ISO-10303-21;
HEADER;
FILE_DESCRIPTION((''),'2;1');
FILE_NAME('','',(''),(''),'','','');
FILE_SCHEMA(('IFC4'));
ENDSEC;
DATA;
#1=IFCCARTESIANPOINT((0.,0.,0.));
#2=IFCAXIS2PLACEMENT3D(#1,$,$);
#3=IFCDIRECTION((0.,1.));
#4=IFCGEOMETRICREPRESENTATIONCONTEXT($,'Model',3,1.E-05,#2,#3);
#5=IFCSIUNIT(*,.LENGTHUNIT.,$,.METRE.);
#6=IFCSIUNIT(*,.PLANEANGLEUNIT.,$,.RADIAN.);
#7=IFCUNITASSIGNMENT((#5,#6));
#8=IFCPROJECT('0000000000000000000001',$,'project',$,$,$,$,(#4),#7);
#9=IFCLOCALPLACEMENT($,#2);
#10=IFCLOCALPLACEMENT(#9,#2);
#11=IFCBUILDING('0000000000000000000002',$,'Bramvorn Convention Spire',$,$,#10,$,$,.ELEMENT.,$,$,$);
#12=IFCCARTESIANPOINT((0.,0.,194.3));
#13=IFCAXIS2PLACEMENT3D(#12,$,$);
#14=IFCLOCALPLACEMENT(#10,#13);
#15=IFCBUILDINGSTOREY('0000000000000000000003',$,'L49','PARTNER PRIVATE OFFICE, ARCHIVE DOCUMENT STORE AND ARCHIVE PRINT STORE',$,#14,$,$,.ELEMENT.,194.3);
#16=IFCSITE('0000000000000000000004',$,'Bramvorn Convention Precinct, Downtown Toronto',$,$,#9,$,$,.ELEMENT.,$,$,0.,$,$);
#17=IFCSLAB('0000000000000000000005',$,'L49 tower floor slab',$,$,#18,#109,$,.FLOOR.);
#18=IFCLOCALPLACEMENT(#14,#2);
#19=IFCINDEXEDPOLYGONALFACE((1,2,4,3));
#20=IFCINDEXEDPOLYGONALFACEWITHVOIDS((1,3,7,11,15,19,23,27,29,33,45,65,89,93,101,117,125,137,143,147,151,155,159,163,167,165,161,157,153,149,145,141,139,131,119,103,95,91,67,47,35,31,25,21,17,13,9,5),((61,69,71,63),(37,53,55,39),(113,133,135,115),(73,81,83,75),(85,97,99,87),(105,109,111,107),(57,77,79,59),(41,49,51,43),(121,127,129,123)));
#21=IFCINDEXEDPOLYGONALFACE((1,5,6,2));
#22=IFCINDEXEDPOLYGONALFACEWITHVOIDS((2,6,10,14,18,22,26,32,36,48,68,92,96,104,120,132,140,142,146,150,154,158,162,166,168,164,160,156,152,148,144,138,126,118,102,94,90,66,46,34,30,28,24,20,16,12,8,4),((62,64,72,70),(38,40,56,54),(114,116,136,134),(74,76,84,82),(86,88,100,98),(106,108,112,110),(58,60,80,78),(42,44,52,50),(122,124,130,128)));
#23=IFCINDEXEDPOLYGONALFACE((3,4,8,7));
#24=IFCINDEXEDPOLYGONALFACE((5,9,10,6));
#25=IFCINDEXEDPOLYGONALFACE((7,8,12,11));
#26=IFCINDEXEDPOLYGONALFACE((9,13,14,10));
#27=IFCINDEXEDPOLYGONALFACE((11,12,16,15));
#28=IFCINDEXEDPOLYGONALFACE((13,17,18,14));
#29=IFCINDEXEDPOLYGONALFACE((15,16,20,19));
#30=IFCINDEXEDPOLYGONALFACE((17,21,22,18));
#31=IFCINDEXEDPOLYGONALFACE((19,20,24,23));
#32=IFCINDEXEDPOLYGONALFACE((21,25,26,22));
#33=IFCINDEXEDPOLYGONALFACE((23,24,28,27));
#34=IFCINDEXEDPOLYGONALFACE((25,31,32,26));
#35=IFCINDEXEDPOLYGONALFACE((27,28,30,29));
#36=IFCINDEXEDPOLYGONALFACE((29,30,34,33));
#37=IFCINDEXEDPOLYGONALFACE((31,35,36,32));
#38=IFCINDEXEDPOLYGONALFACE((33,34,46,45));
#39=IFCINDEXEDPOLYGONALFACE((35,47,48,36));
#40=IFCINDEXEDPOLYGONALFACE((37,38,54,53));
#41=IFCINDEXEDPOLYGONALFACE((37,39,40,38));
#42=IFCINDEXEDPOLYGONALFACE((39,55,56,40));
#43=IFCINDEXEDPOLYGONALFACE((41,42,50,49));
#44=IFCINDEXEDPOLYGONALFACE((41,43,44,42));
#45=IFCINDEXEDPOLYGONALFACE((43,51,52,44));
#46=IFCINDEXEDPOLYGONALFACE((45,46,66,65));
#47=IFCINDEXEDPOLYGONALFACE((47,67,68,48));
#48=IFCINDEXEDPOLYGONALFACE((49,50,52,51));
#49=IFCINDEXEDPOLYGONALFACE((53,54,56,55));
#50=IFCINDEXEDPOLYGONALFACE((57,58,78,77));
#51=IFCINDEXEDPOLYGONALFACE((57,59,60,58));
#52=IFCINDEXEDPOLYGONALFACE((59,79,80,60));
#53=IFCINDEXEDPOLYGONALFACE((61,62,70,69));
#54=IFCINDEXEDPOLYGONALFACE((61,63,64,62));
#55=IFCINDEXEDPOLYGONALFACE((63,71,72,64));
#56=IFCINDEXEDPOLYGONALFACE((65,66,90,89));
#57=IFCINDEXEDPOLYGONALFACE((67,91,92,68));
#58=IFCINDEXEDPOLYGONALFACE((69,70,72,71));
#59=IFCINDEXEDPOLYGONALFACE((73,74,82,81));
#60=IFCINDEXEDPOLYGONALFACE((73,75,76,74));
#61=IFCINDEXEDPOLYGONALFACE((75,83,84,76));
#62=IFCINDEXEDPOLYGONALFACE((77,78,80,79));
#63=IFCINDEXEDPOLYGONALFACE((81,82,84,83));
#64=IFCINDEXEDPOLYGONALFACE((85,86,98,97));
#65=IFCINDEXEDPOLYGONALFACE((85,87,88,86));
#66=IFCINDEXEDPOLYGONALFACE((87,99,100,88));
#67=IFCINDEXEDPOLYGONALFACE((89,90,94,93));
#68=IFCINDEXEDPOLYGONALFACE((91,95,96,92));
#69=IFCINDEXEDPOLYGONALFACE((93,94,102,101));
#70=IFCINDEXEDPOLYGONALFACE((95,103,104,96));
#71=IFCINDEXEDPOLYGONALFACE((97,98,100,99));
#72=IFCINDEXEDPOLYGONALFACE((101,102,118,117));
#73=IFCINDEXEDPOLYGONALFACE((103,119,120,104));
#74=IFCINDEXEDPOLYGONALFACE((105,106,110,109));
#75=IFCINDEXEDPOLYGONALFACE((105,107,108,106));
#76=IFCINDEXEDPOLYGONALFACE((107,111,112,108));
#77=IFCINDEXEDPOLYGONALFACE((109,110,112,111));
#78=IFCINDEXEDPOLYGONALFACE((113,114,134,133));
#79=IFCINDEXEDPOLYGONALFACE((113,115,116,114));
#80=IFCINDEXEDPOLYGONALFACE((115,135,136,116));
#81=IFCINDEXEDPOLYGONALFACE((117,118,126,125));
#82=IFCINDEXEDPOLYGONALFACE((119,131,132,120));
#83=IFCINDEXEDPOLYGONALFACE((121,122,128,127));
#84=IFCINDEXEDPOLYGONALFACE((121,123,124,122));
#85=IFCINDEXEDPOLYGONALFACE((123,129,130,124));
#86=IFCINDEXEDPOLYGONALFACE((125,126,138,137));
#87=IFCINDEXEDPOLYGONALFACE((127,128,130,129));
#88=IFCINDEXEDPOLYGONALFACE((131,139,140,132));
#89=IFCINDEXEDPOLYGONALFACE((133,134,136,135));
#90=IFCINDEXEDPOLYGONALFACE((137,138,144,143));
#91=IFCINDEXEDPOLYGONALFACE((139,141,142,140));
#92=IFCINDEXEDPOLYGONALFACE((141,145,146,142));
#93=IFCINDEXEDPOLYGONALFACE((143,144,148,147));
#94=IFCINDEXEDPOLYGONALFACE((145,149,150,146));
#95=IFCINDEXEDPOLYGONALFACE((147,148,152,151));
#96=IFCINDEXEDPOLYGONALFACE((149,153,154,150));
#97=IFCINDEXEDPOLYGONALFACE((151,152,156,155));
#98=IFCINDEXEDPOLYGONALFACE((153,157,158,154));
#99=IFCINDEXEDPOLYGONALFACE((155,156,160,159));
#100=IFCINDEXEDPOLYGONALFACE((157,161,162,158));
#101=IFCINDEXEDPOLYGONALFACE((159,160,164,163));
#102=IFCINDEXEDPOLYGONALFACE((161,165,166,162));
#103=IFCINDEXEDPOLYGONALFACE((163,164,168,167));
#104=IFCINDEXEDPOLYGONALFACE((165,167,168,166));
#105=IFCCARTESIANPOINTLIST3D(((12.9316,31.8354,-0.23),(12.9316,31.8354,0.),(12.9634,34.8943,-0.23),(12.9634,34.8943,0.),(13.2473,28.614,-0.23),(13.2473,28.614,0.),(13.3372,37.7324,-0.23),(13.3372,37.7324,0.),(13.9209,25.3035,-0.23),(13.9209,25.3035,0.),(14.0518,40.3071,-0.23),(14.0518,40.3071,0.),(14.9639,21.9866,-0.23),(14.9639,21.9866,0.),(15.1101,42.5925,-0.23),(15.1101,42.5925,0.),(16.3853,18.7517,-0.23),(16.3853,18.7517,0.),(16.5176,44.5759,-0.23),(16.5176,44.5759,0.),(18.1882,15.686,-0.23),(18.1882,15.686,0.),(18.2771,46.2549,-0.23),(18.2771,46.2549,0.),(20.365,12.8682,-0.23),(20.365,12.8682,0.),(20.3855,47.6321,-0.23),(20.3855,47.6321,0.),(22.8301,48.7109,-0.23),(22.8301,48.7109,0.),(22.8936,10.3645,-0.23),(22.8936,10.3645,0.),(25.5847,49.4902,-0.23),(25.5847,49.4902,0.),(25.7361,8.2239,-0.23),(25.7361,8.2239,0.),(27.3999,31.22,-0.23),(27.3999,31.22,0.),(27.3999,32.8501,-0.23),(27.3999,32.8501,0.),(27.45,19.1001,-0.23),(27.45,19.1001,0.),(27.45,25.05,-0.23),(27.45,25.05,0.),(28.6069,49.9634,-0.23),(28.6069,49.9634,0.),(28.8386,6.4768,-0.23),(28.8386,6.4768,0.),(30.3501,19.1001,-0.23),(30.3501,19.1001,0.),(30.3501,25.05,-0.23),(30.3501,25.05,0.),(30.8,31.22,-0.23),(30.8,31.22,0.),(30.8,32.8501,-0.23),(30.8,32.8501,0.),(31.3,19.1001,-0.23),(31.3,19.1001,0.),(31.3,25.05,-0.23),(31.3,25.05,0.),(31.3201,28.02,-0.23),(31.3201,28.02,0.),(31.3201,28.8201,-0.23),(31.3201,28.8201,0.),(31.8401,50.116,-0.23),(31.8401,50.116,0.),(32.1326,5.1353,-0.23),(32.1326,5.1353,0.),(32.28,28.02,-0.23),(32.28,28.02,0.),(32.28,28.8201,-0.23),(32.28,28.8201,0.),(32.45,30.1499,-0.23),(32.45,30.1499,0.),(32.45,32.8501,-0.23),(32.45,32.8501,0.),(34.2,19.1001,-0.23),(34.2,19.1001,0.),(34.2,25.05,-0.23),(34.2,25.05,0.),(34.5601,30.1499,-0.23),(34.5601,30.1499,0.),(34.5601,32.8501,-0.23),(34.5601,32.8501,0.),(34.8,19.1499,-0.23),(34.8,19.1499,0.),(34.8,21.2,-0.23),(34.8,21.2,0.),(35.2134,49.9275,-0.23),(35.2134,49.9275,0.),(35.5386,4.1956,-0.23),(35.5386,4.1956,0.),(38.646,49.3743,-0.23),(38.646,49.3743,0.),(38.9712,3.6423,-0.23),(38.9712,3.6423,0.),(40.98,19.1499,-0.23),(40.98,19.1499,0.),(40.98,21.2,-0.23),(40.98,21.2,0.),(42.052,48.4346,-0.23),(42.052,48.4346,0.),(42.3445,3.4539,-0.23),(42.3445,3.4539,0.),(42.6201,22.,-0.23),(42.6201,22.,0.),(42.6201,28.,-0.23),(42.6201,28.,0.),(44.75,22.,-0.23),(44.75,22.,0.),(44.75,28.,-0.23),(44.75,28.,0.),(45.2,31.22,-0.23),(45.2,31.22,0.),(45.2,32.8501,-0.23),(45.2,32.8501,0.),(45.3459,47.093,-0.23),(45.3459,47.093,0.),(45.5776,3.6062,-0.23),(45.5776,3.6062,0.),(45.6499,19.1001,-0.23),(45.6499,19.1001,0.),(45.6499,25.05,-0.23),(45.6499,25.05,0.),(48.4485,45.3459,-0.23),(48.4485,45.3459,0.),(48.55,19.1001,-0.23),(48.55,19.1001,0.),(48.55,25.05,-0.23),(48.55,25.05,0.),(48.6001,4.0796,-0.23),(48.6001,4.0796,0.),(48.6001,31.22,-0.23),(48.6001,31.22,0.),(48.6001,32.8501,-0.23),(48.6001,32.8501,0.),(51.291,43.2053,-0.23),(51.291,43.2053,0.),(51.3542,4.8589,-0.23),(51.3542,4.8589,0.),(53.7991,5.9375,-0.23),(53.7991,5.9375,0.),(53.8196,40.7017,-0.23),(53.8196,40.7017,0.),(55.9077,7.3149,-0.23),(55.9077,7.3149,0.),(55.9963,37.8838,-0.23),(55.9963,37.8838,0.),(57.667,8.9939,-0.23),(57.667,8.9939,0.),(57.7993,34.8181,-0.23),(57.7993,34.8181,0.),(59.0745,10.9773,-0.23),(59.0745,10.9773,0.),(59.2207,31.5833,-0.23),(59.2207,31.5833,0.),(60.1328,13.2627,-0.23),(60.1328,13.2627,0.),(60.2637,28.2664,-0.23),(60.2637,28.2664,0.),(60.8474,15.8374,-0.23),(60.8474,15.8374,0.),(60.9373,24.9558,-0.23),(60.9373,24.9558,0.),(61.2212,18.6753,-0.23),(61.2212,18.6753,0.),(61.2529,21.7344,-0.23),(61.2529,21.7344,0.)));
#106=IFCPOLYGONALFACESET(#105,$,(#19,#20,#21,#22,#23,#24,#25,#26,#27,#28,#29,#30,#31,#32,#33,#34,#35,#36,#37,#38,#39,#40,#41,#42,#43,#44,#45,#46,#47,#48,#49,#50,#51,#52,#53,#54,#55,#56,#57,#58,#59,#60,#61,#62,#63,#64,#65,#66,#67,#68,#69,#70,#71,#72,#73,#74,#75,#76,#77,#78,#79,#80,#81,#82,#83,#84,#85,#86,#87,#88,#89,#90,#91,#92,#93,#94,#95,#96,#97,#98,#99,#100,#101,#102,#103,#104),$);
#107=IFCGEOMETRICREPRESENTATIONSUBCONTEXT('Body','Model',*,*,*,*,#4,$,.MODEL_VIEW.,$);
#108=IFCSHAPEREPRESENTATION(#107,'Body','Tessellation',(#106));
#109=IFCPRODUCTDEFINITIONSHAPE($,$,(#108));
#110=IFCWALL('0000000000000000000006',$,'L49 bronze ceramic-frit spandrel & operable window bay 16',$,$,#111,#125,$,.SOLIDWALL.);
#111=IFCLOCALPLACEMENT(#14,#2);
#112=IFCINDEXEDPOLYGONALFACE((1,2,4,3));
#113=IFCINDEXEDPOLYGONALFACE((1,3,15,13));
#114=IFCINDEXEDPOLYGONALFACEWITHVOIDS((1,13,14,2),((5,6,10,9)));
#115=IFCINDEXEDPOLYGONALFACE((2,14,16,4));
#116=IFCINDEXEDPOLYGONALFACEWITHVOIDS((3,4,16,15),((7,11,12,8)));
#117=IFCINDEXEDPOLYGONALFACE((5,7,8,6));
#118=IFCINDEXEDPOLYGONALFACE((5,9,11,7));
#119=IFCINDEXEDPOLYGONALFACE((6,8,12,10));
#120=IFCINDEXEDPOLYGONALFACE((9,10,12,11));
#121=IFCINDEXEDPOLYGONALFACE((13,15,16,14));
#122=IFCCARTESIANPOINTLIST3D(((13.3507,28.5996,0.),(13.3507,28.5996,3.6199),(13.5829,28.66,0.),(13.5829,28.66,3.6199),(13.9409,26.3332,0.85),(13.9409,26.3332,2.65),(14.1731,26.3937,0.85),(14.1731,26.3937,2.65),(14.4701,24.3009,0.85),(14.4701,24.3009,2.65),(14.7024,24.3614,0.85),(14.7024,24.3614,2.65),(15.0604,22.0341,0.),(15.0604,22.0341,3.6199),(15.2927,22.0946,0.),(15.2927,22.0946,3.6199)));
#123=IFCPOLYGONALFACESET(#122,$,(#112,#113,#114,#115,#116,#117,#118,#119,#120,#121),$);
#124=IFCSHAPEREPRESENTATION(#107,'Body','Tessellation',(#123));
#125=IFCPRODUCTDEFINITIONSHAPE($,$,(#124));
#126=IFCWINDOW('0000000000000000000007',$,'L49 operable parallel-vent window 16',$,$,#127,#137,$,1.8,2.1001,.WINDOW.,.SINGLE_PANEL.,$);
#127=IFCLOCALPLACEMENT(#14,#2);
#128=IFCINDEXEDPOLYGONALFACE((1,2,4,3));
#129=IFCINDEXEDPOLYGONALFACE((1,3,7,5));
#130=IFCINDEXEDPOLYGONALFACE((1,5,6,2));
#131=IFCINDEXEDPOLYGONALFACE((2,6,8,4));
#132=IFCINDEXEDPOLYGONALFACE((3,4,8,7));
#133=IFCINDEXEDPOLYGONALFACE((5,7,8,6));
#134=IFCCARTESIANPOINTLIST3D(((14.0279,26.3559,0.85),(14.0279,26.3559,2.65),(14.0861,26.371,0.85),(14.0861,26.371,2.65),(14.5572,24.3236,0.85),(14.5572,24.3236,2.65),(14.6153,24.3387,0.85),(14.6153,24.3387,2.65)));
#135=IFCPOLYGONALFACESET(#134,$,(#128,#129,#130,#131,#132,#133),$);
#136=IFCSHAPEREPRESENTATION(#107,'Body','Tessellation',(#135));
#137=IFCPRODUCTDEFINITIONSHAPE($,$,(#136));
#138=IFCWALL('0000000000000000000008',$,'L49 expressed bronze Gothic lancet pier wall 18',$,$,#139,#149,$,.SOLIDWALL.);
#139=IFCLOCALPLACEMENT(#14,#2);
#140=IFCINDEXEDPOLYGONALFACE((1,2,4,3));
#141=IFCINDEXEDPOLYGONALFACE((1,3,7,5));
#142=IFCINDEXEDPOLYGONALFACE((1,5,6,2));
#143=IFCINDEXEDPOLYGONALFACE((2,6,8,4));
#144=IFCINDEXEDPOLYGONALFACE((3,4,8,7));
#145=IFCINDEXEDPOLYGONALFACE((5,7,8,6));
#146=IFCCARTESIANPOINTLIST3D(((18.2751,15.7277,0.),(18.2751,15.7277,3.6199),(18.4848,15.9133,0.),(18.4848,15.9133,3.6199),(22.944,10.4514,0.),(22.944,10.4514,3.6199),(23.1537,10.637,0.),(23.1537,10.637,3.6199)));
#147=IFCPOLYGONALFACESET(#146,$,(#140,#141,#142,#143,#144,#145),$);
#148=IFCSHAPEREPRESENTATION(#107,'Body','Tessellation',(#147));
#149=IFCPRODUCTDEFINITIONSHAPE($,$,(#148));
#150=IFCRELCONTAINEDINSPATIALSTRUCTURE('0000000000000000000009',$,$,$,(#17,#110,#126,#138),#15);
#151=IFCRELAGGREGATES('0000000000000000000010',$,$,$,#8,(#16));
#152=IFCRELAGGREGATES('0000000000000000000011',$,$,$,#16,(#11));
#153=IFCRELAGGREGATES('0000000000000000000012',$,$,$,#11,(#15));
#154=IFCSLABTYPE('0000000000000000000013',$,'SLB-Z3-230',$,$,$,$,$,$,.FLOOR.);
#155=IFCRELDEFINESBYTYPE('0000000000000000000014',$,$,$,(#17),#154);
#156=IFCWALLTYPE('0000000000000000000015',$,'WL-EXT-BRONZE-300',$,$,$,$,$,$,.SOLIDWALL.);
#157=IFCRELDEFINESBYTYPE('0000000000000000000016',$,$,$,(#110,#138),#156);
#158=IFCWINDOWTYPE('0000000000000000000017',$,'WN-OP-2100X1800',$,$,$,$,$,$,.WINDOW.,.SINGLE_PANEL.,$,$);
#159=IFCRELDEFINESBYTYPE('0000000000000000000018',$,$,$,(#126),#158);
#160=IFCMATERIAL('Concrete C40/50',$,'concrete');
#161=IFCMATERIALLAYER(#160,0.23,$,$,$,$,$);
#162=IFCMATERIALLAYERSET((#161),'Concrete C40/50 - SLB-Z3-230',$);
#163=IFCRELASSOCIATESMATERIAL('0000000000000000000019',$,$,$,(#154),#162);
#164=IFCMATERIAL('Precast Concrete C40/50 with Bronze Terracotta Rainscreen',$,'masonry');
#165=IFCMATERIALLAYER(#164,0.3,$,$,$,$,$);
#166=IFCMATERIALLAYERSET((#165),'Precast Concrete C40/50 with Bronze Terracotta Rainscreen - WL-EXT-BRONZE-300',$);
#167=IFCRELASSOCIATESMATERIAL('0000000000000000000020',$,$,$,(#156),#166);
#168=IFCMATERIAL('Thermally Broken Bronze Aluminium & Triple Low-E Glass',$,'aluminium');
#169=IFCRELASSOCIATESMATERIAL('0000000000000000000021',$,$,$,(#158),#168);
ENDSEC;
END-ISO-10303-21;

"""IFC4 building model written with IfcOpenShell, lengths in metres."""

from ifc_helpers import new_model, si_unit, direction, frame, frame_2d, origin, place, context, subcontext, project, spatial, polyline, rectangle, outline, extrude, material, layer, layer_set, type_object, element, fill, save


model = new_model("IFC4")

# Units and contexts
model_context = context("Model", 3, precision=1e-05, world=origin(), true_north=direction((0.0, 1.0)))
body_context = subcontext(model_context, "Body", "Model", "MODEL_VIEW")
ifc_project = project(units=[si_unit("LENGTHUNIT", "METRE"), si_unit("PLANEANGLEUNIT", "RADIAN")], contexts=[model_context])

# Site, building, storey
site_placement = place(None, origin())
site = spatial("IfcSite", under=ifc_project, at=site_placement, Name="Bramvorn Convention Precinct, Downtown Toronto", CompositionType="ELEMENT", RefElevation=0.0)
building_placement = place(site_placement, origin())
building = spatial("IfcBuilding", under=site, at=building_placement, Name="Bramvorn Convention Spire", CompositionType="ELEMENT")
storey_placement = place(building_placement, frame((0.0, 0.0, 194.3)))
storey = spatial("IfcBuildingStorey", under=building, at=storey_placement, Name="L49", Description="PARTNER PRIVATE OFFICE, ARCHIVE DOCUMENT STORE AND ARCHIVE PRINT STORE", CompositionType="ELEMENT", Elevation=194.3)

# Slab
ifc_material_1 = material(Name="Concrete C40/50", Category="concrete")
ifc_layer_1 = layer(ifc_material_1, 0.23)
ifc_layer_set_1 = layer_set([ifc_layer_1], Name="Concrete C40/50 - SLB-Z3-230")
slab_type_1 = type_object("IfcSlabType", Name="SLB-Z3-230", PredefinedType="FLOOR", material=ifc_layer_set_1)
slab_1_placement = place(storey_placement, frame((0.0, 0.0, -0.23)))
element("IfcSlab", 1, at=slab_1_placement, inside=storey, type_object=slab_type_1, Name="L49 tower floor slab", PredefinedType="FLOOR", context=body_context, shape_type="SweptSolid", body=[
    extrude(outline(polyline([(57.667, 8.9939), (59.0745, 10.9773), (60.1328, 13.2627), (60.8474, 15.8374), (61.2212, 18.6753), (61.2529, 21.7344), (60.9373, 24.9558), (60.2637, 28.2664), (59.2207, 31.5833), (57.7993, 34.8181), (55.9963, 37.8838), (53.8196, 40.7017), (51.291, 43.2053), (48.4485, 45.3459), (45.3459, 47.093), (42.052, 48.4346), (38.646, 49.3743), (35.2134, 49.9275), (31.8401, 50.116), (28.6069, 49.9634), (25.5847, 49.4902), (22.8301, 48.7109), (20.3855, 47.6321), (18.2771, 46.2549), (16.5176, 44.5759), (15.1101, 42.5925), (14.0518, 40.3071), (13.3372, 37.7324), (12.9634, 34.8943), (12.9316, 31.8354), (13.2473, 28.614), (13.9209, 25.3035), (14.9639, 21.9866), (16.3853, 18.7517), (18.1882, 15.686), (20.365, 12.8682), (22.8936, 10.3645), (25.7361, 8.2239), (28.8386, 6.4768), (32.1326, 5.1353), (35.5386, 4.1956), (38.9712, 3.6423), (42.3445, 3.4539), (45.5776, 3.6062), (48.6001, 4.0796), (51.3542, 4.8589), (53.7991, 5.9375), (55.9077, 7.3149), (57.667, 8.9939)]), holes=[polyline([(27.45, 25.05), (27.45, 19.1001), (30.3501, 19.1001), (30.3501, 25.05), (27.45, 25.05)]), polyline([(45.6499, 25.05), (45.6499, 19.1001), (48.55, 19.1001), (48.55, 25.05), (45.6499, 25.05)]), polyline([(31.3, 25.05), (31.3, 19.1001), (34.2, 19.1001), (34.2, 25.05), (31.3, 25.05)]), polyline([(27.3999, 31.22), (30.8, 31.22), (30.8, 32.8501), (27.3999, 32.8501), (27.3999, 31.22)]), polyline([(45.2, 31.22), (48.6001, 31.22), (48.6001, 32.8501), (45.2, 32.8501), (45.2, 31.22)]), polyline([(32.45, 30.1499), (34.5601, 30.1499), (34.5601, 32.8501), (32.45, 32.8501), (32.45, 30.1499)]), polyline([(34.8, 19.1499), (40.98, 19.1499), (40.98, 21.2), (34.8, 21.2), (34.8, 19.1499)]), polyline([(42.6201, 22.0), (44.75, 22.0), (44.75, 28.0), (42.6201, 28.0), (42.6201, 22.0)]), polyline([(31.3201, 28.02), (32.28, 28.02), (32.28, 28.8201), (31.3201, 28.8201), (31.3201, 28.02)])]), origin(), (0.0, 0.0, 1.0), 0.23),
])

# Wall, opening, window
ifc_material_2 = material(Name="Precast Concrete C40/50 with Bronze Terracotta Rainscreen", Category="masonry")
ifc_layer_2 = layer(ifc_material_2, 0.3)
ifc_layer_set_2 = layer_set([ifc_layer_2], Name="Precast Concrete C40/50 with Bronze Terracotta Rainscreen - WL-EXT-BRONZE-300")
wall_type_1 = type_object("IfcWallType", Name="WL-EXT-BRONZE-300", PredefinedType="SOLIDWALL", material=ifc_layer_set_2)
wall_1_placement = place(storey_placement, frame((15.1765, 22.0645, 0.0), z_axis=(0.0, 0.0, 1.0), x_axis=(-0.252007, 0.967725, 0.0)))
wall_1 = element("IfcWall", 2, at=wall_1_placement, inside=storey, type_object=wall_type_1, Name="L49 bronze ceramic-frit spandrel & operable window bay 16", PredefinedType="SOLIDWALL", context=body_context, shape_type="SweptSolid", body=[
    extrude(rectangle(XDim=6.7844, YDim=0.24, at=frame_2d((3.3921, 0.0))), origin(), (0.0, 0.0, 1.0), 3.6199),
])
opening_1_placement = place(wall_1_placement, frame((2.3423, 0.0, 0.8501)))
opening_1 = element("IfcOpeningElement", 3, at=opening_1_placement, cuts=wall_1, PredefinedType="OPENING", context=body_context, shape_type="SweptSolid", body=[
    extrude(rectangle(XDim=2.1001, YDim=1.8, at=frame_2d((1.05, 0.8999))), frame((0.0, 0.1299, 0.0), z_axis=(0.0, -1.0, 0.0), x_axis=(1.0, 0.0, 0.0)), (0.0, 0.0, 1.0), 0.26),
])
ifc_material_3 = material(Name="Thermally Broken Bronze Aluminium & Triple Low-E Glass", Category="aluminium")
window_type = type_object("IfcWindowType", Name="WN-OP-2100X1800", PartitioningType="SINGLE_PANEL", PredefinedType="WINDOW", material=ifc_material_3)
window_placement = place(opening_1_placement, origin())
window = element("IfcWindow", 4, at=window_placement, inside=storey, type_object=window_type, Name="L49 operable parallel-vent window 16", OverallHeight=1.8, OverallWidth=2.1001, PartitioningType="SINGLE_PANEL", PredefinedType="WINDOW", context=body_context, shape_type="SweptSolid", body=[
    extrude(rectangle(XDim=2.1001, YDim=1.8, at=frame_2d((1.05, 0.8999))), frame((0.0, 0.03, 0.0), z_axis=(0.0, -1.0, 0.0), x_axis=(1.0, 0.0, 0.0)), (0.0, 0.0, 1.0), 0.0601),
])
fill(opening_1, window)

# Wall
wall_2_placement = place(storey_placement, frame((23.0488, 10.5442, 0.0), z_axis=(0.0, 0.0, 1.0), x_axis=(-0.662685, 0.748899, 0.0)))
element("IfcWall", 5, at=wall_2_placement, inside=storey, type_object=wall_type_1, Name="L49 expressed bronze Gothic lancet pier wall 18", PredefinedType="SOLIDWALL", context=body_context, shape_type="SweptSolid", body=[
    extrude(rectangle(XDim=7.0454, YDim=0.28, at=frame_2d((3.5227, 0.0))), origin(), (0.0, 0.0, 1.0), 3.6199),
])

save(model, "model.ifc")
